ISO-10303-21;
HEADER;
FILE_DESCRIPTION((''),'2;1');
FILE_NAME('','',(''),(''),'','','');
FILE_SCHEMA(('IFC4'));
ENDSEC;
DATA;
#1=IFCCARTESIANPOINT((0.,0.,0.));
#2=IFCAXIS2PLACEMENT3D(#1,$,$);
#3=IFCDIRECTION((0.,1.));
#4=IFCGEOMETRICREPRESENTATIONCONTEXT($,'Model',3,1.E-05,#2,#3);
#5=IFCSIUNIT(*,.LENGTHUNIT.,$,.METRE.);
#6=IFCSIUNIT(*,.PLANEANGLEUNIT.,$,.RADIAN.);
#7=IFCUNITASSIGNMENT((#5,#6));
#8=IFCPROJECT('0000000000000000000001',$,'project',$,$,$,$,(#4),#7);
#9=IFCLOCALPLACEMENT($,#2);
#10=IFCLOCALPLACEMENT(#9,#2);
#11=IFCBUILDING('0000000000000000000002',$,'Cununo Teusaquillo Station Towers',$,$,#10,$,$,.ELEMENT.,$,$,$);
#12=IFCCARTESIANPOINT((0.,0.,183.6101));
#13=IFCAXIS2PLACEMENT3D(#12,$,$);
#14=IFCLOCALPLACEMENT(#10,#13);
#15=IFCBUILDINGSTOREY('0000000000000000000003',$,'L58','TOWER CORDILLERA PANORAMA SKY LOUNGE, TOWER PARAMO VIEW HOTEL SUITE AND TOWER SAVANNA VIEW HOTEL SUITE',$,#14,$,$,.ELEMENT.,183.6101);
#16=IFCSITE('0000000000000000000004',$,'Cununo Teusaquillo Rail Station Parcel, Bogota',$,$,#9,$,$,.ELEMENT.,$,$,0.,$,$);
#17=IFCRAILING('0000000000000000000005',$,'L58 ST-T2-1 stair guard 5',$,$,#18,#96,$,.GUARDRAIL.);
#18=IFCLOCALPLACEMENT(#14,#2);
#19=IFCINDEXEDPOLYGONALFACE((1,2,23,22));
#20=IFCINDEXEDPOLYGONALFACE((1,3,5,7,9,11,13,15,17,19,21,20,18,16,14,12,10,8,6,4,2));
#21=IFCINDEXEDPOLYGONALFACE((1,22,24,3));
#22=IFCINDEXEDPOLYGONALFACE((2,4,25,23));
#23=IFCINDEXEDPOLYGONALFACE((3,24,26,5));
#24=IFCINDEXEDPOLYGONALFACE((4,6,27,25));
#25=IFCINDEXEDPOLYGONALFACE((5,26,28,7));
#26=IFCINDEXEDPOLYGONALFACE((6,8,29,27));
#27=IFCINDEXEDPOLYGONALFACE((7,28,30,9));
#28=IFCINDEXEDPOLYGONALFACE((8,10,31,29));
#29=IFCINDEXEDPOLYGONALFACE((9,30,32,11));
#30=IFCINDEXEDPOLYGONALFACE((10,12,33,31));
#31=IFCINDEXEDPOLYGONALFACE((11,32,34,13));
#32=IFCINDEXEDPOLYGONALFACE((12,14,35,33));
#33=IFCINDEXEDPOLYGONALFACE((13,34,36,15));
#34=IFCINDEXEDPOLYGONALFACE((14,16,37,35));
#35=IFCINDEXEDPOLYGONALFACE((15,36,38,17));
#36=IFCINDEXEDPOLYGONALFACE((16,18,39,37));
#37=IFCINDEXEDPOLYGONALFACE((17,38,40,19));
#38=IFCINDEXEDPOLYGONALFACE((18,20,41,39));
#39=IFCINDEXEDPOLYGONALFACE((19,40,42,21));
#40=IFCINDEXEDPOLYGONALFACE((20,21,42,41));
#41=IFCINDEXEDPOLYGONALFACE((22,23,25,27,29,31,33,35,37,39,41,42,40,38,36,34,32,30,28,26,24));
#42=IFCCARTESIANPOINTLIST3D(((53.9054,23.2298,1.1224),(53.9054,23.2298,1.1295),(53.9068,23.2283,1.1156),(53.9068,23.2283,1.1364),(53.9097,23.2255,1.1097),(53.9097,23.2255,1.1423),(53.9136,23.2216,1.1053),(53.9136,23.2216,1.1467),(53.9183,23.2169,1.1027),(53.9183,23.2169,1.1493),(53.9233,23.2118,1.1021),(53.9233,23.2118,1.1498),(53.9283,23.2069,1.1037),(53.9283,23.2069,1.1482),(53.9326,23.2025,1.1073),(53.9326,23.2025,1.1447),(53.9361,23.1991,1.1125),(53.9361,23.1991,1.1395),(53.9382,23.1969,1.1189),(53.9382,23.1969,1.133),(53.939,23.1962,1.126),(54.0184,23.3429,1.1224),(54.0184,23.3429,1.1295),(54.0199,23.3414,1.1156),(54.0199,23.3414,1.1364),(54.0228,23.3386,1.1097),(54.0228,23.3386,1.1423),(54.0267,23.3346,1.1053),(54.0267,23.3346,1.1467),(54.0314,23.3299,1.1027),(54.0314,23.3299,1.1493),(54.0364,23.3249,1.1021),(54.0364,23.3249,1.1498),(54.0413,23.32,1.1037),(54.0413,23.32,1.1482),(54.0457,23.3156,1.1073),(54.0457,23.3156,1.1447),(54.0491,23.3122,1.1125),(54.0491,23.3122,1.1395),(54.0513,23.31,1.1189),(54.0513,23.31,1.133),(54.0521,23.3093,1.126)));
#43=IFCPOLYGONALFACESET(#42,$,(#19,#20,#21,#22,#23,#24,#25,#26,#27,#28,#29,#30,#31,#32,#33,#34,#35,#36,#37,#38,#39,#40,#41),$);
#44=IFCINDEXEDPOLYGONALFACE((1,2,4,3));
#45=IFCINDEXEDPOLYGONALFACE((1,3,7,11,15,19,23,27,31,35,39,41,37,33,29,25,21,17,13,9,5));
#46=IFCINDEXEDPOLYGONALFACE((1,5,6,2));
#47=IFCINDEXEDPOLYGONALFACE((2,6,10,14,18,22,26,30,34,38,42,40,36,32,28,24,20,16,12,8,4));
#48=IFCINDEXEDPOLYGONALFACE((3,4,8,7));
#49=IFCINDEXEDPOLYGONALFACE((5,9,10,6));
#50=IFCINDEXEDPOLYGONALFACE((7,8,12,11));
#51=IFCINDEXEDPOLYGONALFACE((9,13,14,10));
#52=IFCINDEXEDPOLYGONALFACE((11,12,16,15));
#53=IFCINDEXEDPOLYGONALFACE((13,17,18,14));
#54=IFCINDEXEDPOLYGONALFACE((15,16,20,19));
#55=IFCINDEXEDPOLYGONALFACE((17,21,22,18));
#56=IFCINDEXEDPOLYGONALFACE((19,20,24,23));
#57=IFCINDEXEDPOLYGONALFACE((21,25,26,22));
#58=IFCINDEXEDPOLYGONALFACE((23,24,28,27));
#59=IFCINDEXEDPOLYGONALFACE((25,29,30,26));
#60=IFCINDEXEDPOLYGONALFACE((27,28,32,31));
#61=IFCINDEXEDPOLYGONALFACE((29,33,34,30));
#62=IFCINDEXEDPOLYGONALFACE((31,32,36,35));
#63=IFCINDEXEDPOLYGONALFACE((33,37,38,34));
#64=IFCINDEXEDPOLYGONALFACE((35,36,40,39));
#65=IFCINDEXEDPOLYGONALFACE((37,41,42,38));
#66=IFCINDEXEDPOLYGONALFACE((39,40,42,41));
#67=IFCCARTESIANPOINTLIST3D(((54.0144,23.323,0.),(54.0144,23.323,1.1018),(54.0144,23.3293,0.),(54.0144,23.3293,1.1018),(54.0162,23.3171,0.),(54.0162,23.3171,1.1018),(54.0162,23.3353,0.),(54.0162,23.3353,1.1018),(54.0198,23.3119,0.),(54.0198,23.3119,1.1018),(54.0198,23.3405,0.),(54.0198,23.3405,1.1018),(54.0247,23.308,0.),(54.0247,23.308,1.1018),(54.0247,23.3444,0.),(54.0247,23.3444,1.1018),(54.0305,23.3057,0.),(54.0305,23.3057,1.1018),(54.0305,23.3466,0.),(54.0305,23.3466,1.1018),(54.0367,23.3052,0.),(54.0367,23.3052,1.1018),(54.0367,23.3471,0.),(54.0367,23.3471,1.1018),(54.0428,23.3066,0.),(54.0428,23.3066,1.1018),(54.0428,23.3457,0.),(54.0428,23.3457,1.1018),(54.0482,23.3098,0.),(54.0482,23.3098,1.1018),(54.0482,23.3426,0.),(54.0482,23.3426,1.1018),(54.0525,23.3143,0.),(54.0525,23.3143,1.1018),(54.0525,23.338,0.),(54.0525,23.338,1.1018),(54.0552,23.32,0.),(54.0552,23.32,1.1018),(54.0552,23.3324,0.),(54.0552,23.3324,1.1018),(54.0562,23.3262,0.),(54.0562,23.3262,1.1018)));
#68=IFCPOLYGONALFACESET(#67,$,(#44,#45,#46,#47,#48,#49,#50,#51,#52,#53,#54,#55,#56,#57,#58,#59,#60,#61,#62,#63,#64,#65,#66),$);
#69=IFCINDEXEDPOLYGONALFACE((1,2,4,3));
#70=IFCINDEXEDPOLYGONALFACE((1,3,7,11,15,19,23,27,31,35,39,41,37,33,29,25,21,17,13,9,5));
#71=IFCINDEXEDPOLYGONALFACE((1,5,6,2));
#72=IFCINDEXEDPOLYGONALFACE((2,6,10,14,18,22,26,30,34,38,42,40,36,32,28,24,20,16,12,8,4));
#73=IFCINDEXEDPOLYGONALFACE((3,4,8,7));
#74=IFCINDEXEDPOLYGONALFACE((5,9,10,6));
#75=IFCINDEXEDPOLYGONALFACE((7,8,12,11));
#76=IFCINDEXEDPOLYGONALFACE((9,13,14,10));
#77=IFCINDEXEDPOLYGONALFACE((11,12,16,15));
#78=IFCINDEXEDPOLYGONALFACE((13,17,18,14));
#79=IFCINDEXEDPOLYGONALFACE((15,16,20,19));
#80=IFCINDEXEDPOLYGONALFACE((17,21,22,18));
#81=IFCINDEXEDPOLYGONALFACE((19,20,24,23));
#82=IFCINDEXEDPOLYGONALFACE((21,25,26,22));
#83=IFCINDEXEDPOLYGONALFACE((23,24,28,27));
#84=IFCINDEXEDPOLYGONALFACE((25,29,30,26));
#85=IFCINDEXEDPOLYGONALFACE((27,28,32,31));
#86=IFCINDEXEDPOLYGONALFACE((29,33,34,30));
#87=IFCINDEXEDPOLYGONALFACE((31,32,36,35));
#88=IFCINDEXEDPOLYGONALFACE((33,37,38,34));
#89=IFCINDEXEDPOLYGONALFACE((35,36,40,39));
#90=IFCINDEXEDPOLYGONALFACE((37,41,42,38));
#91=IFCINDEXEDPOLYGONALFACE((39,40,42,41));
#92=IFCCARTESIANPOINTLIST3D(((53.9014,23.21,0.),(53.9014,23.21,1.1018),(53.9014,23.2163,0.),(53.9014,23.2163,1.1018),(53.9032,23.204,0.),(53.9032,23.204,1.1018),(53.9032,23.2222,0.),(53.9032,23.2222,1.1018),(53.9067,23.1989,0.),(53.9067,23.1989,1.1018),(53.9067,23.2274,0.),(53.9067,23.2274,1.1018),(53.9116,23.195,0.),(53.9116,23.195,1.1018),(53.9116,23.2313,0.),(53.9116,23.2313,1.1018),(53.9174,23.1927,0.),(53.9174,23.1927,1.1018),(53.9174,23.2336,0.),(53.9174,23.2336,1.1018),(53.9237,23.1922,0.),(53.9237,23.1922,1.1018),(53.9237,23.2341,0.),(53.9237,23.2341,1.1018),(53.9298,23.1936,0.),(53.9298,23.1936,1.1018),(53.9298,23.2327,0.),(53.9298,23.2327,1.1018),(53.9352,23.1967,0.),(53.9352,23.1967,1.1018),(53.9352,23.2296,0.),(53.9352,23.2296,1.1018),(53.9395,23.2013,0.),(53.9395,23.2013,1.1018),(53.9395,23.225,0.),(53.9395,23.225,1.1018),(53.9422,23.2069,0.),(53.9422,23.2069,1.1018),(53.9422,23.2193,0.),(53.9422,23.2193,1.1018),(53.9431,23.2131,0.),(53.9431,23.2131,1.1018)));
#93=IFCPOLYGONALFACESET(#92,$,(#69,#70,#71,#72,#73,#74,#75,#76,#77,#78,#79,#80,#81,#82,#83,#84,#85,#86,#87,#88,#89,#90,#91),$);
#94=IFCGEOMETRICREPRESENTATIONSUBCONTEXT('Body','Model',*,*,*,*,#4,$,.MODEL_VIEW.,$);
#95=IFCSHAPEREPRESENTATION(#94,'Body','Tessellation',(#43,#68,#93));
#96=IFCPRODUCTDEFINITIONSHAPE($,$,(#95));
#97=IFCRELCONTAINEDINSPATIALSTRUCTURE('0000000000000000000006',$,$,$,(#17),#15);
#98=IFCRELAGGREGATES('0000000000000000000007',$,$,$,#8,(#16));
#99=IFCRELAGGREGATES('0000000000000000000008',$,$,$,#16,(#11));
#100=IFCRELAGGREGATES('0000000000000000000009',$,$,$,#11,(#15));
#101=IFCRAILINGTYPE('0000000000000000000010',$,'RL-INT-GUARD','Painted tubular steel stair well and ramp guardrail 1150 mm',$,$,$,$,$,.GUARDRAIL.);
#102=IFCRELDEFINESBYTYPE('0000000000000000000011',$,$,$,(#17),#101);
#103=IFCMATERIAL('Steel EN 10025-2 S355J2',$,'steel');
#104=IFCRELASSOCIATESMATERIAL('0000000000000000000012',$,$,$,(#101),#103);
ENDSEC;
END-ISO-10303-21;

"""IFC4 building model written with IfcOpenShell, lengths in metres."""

from ifc_helpers import new_model, si_unit, direction, frame, origin, origin_2d, place, context, subcontext, project, spatial, circle, extrude, material, type_object, element, save


model = new_model("IFC4")

# Units and contexts
model_context = context("Model", 3, precision=1e-05, world=origin(), true_north=direction((0.0, 1.0)))
body_context = subcontext(model_context, "Body", "Model", "MODEL_VIEW")
ifc_project = project(units=[si_unit("LENGTHUNIT", "METRE"), si_unit("PLANEANGLEUNIT", "RADIAN")], contexts=[model_context])

# Site, building, storey
site_placement = place(None, origin())
site = spatial("IfcSite", under=ifc_project, at=site_placement, Name="Cununo Teusaquillo Rail Station Parcel, Bogota", CompositionType="ELEMENT", RefElevation=0.0)
building_placement = place(site_placement, origin())
building = spatial("IfcBuilding", under=site, at=building_placement, Name="Cununo Teusaquillo Station Towers", CompositionType="ELEMENT")
storey_placement = place(building_placement, frame((0.0, 0.0, 183.6101)))
storey = spatial("IfcBuildingStorey", under=building, at=storey_placement, Name="L58", Description="TOWER CORDILLERA PANORAMA SKY LOUNGE, TOWER PARAMO VIEW HOTEL SUITE AND TOWER SAVANNA VIEW HOTEL SUITE", CompositionType="ELEMENT", Elevation=183.6101)

# Railing
ifc_material_1 = material(Name="Steel EN 10025-2 S355J2", Category="steel")
railing_type_1 = type_object("IfcRailingType", Name="RL-INT-GUARD", Description="Painted tubular steel stair well and ramp guardrail 1150 mm", PredefinedType="GUARDRAIL", material=ifc_material_1)
railing_1_placement = place(storey_placement, frame((54.0352, 23.3262, 0.0)))
element("IfcRailing", 1, at=railing_1_placement, inside=storey, type_object=railing_type_1, Name="L58 ST-T2-1 stair guard 5", PredefinedType="GUARDRAIL", context=body_context, shape_type="SweptSolid", body=[
    extrude(circle(Radius=0.0239, at=origin_2d()), frame((0.0, 0.0, 1.126), z_axis=(-0.707107, -0.707107, 0.0), x_axis=(0.707107, -0.707107, 0.0)), (0.0, 0.0, 1.0), 0.1599),
    extrude(circle(Radius=0.021, at=origin_2d()), origin(), (0.0, 0.0, 1.0), 1.1018),
    extrude(circle(Radius=0.021, at=origin_2d()), frame((-0.113, -0.113, 0.0)), (0.0, 0.0, 1.0), 1.1018),
])

save(model, "model.ifc")
